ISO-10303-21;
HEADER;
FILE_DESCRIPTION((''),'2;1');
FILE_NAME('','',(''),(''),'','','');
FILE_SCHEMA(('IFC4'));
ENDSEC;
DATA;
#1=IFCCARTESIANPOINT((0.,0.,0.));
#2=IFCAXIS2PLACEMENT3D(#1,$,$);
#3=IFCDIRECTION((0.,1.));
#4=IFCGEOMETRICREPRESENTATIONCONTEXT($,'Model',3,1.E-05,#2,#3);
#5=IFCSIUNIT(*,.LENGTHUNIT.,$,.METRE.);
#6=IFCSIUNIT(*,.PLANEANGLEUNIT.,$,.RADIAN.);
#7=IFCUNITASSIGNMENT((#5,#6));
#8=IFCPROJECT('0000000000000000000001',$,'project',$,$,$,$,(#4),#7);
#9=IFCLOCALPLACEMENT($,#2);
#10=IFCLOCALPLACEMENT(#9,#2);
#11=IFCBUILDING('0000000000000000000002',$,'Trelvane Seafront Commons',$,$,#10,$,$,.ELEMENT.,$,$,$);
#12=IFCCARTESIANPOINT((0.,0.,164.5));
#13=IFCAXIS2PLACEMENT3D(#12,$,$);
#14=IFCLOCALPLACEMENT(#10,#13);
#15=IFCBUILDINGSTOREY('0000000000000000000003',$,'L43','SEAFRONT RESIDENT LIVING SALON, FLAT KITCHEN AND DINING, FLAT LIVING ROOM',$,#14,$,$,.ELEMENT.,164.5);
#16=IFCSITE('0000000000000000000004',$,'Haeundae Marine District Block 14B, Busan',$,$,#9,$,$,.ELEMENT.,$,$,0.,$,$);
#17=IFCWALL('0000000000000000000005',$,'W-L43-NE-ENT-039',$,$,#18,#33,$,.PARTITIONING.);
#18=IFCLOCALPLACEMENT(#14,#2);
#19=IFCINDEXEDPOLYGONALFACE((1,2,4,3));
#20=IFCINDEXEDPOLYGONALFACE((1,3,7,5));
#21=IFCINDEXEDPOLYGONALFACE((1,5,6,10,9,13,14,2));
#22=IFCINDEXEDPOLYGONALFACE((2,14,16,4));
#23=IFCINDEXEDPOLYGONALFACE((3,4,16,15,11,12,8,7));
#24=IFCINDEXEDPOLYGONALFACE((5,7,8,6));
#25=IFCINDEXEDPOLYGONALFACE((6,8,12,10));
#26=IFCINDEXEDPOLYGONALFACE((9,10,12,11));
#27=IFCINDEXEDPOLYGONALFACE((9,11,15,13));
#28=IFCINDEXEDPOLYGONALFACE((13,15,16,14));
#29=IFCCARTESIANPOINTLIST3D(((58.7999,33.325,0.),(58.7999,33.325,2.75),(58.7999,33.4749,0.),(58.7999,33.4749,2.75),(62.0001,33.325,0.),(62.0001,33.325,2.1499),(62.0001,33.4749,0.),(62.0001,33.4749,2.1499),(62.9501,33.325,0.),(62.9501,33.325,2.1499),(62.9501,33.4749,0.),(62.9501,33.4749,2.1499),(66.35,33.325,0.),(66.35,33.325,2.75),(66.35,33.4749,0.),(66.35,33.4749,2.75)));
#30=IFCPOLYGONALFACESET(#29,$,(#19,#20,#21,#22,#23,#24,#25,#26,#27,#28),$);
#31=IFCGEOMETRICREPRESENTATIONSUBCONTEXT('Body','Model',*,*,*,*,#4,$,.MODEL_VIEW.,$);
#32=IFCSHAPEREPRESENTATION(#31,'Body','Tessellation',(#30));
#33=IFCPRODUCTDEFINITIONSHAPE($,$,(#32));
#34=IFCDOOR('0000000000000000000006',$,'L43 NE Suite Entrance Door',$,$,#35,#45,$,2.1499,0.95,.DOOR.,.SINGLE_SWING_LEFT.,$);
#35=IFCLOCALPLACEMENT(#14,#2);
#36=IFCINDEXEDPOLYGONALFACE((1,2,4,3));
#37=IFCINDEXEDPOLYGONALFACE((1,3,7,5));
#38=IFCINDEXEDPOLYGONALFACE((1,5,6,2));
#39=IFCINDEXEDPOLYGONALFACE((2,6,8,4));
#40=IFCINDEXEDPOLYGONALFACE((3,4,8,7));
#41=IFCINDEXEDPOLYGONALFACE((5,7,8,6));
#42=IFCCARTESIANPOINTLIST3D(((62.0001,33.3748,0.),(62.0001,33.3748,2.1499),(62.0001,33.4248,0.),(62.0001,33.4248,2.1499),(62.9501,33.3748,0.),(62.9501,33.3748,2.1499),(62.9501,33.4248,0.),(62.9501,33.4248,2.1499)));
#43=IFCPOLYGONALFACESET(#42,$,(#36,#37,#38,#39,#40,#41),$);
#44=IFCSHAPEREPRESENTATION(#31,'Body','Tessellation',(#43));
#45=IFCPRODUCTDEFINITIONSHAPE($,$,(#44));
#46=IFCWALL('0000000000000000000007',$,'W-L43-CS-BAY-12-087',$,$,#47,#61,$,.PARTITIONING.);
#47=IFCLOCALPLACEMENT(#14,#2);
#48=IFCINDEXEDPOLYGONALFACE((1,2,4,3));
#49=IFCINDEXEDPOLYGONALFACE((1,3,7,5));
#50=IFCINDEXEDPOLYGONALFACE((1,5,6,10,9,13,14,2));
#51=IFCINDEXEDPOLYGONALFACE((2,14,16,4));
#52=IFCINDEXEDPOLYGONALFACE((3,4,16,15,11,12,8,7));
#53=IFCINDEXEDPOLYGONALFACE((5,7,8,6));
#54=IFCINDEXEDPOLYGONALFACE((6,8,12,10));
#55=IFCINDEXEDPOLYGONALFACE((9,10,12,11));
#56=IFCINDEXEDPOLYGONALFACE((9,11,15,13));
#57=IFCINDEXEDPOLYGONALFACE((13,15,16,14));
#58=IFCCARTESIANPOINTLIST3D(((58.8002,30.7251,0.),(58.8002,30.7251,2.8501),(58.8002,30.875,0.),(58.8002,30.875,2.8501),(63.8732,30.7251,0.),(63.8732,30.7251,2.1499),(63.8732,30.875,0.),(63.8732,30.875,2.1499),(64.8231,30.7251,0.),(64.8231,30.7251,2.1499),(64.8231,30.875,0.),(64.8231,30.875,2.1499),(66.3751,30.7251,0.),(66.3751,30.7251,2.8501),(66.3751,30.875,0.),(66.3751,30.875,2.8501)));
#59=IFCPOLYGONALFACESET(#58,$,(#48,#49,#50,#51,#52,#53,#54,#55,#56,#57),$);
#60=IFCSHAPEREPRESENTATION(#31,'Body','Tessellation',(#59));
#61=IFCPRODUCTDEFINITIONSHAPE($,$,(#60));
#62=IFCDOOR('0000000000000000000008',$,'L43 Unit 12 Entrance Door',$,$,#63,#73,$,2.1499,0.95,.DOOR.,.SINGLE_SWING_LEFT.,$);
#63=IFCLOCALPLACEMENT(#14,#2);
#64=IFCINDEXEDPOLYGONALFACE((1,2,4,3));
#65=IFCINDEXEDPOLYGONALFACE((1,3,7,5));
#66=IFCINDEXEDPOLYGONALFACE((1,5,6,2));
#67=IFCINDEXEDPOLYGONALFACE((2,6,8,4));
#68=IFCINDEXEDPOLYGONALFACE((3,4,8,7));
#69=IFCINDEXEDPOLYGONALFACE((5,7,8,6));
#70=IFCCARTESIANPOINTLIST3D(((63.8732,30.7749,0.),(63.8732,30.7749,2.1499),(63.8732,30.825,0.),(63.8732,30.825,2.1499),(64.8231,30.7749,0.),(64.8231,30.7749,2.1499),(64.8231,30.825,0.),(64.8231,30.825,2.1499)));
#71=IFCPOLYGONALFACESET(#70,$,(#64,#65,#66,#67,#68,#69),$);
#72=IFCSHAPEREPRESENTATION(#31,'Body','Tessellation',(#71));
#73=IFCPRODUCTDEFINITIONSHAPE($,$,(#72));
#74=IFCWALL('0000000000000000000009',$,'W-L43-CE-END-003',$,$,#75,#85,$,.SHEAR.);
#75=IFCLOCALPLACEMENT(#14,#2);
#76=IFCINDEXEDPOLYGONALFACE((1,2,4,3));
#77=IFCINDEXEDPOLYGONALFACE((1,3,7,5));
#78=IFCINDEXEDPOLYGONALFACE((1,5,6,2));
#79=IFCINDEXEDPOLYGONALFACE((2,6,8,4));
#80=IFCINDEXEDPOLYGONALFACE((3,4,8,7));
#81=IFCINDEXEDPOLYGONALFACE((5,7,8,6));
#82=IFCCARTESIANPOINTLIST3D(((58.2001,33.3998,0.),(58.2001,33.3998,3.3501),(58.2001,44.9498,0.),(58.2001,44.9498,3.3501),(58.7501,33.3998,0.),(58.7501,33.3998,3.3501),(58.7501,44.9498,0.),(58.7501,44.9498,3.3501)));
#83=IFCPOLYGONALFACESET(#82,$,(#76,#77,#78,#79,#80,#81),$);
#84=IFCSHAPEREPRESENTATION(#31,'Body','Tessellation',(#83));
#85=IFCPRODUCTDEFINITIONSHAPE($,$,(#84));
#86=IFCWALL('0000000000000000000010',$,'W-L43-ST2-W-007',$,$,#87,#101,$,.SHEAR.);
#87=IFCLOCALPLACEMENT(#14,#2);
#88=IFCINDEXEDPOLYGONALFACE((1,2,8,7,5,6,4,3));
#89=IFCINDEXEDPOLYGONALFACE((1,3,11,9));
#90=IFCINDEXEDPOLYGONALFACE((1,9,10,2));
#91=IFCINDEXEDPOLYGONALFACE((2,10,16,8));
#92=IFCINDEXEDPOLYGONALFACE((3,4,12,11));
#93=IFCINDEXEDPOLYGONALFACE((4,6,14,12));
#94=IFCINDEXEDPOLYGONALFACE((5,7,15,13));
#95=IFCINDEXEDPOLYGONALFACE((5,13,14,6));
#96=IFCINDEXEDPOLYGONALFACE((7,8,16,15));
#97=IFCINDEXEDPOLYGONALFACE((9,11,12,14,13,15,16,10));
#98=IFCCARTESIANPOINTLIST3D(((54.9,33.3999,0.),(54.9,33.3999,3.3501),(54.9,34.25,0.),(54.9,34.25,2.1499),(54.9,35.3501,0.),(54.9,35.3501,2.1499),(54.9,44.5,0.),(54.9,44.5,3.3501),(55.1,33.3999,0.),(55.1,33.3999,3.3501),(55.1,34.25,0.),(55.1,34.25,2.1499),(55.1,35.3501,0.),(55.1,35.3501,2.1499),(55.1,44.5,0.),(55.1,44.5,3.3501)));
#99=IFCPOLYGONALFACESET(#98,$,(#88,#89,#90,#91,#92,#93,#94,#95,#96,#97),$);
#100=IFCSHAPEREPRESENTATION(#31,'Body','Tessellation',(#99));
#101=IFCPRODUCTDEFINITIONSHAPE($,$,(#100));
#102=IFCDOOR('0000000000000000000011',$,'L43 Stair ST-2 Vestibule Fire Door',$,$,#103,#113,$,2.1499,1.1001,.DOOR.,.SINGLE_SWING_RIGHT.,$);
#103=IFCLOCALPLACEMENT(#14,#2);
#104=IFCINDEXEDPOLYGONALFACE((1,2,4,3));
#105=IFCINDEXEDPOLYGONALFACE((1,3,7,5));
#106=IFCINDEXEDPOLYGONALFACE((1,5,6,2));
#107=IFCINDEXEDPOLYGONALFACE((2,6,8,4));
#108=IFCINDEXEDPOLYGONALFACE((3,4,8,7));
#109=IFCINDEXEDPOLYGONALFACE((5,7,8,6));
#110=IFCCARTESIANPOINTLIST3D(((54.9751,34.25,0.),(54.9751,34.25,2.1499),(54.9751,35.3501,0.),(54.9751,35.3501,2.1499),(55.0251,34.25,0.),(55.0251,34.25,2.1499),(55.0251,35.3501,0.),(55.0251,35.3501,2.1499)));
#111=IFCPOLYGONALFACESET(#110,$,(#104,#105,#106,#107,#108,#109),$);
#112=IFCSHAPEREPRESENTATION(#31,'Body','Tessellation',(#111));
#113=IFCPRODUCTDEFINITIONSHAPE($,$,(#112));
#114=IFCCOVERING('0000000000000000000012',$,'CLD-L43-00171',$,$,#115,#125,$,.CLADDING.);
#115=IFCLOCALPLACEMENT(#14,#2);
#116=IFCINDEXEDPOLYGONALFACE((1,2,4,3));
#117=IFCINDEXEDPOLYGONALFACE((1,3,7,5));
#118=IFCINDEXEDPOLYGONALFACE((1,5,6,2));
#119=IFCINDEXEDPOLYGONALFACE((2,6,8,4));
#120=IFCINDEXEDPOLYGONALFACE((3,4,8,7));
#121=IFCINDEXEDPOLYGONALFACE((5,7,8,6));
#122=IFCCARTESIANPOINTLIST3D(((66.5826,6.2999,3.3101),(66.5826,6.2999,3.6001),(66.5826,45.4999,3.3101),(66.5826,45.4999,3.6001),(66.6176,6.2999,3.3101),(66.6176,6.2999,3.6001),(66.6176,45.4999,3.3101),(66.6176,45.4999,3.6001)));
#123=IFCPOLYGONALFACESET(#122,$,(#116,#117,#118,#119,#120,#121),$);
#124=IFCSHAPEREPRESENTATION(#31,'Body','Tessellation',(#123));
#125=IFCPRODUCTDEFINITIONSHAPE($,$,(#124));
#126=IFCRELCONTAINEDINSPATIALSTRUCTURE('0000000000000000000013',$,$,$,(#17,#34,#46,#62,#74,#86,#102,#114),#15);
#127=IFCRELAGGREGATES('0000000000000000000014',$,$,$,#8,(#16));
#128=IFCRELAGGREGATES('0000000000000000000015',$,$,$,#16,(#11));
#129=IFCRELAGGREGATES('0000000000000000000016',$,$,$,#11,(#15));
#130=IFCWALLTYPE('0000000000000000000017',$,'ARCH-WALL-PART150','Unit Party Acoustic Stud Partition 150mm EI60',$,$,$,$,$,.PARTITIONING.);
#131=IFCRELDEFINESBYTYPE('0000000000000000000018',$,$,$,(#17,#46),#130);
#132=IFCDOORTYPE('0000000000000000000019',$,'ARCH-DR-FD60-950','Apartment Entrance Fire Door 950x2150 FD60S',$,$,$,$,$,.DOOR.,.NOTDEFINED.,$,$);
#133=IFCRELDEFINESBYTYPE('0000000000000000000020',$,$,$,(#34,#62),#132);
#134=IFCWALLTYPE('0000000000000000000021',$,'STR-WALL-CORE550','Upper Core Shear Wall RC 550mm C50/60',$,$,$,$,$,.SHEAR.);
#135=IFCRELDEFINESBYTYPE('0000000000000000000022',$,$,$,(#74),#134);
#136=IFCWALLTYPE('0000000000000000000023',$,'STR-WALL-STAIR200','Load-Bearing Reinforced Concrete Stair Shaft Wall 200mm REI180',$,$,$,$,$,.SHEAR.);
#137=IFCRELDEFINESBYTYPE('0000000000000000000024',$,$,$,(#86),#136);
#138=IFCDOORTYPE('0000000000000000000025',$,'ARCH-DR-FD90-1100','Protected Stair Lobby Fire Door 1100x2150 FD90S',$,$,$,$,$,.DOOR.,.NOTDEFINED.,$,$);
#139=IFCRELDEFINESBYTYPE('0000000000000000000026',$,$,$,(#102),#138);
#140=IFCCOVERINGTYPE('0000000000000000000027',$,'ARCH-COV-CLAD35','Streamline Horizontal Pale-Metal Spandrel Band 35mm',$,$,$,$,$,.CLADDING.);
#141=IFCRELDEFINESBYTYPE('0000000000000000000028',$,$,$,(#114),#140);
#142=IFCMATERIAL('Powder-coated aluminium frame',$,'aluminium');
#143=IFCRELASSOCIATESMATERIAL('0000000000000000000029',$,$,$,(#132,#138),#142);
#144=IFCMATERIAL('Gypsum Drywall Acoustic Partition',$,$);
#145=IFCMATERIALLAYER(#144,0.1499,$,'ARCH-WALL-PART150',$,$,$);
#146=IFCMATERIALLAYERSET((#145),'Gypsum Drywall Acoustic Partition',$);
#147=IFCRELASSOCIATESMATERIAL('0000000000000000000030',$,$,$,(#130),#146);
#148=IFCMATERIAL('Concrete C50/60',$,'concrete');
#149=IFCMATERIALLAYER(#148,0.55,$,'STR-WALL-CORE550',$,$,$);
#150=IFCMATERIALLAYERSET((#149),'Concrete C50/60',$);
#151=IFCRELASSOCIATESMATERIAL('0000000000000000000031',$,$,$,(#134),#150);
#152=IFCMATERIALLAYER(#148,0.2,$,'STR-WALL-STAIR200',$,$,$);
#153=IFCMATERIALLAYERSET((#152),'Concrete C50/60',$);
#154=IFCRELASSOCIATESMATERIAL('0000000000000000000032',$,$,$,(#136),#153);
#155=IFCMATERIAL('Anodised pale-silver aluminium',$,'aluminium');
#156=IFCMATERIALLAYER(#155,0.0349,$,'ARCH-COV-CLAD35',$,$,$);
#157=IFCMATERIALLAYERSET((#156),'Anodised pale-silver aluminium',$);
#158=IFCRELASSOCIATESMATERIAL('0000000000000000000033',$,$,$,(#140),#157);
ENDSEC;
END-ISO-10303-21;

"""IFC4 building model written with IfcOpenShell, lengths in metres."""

from ifc_helpers import new_model, si_unit, direction, frame, frame_2d, origin, origin_2d, place, context, subcontext, project, spatial, rectangle, extrude, source, transform, mapped, material, layer, layer_set, type_object, element, fill, save


model = new_model("IFC4")

# Units and contexts
model_context = context("Model", 3, precision=1e-05, world=origin(), true_north=direction((0.0, 1.0)))
body_context = subcontext(model_context, "Body", "Model", "MODEL_VIEW")
ifc_project = project(units=[si_unit("LENGTHUNIT", "METRE"), si_unit("PLANEANGLEUNIT", "RADIAN")], contexts=[model_context])

# Site, building, storey
site_placement = place(None, origin())
site = spatial("IfcSite", under=ifc_project, at=site_placement, Name="Haeundae Marine District Block 14B, Busan", CompositionType="ELEMENT", RefElevation=0.0)
building_placement = place(site_placement, origin())
building = spatial("IfcBuilding", under=site, at=building_placement, Name="Trelvane Seafront Commons", CompositionType="ELEMENT")
storey_placement = place(building_placement, frame((0.0, 0.0, 164.5)))
storey = spatial("IfcBuildingStorey", under=building, at=storey_placement, Name="L43", Description="SEAFRONT RESIDENT LIVING SALON, FLAT KITCHEN AND DINING, FLAT LIVING ROOM", CompositionType="ELEMENT", Elevation=164.5)

# Shared definitions
ifc_material_1 = material(Name="Concrete C50/60", Category="concrete")

# Shared definitions
ifc_material_2 = material(Name="Powder-coated aluminium frame", Category="aluminium")
door_type_1 = type_object("IfcDoorType", Name="ARCH-DR-FD60-950", Description="Apartment Entrance Fire Door 950x2150 FD60S", OperationType="NOTDEFINED", PredefinedType="DOOR", material=ifc_material_2)
shared_shape_1 = source(origin(), body_context, "Body", "SweptSolid", [
    extrude(rectangle(XDim=0.95, YDim=2.1499, at=frame_2d((0.4751, 1.075))), frame((0.0, 0.0249, 0.0), z_axis=(0.0, -1.0, 0.0), x_axis=(1.0, 0.0, 0.0)), (0.0, 0.0, 1.0), 0.05),
])
ifc_material_3 = material(Name="Gypsum Drywall Acoustic Partition")

# Walls, openings, doors
ifc_layer_1 = layer(ifc_material_3, 0.1499, Name="ARCH-WALL-PART150")
ifc_layer_set_1 = layer_set([ifc_layer_1], Name="Gypsum Drywall Acoustic Partition")
wall_type_1 = type_object("IfcWallType", Name="ARCH-WALL-PART150", Description="Unit Party Acoustic Stud Partition 150mm EI60", PredefinedType="PARTITIONING", material=ifc_layer_set_1)
wall_1_placement = place(storey_placement, frame((58.8, 33.3999, 0.0), z_axis=(0.0, 0.0, 1.0), x_axis=(1.0, 0.0, 0.0)))
wall_1 = element("IfcWall", 1, at=wall_1_placement, inside=storey, type_object=wall_type_1, Name="W-L43-NE-ENT-039", PredefinedType="PARTITIONING", context=body_context, shape_type="SweptSolid", body=[
    extrude(rectangle(XDim=7.55, YDim=0.1499, at=frame_2d((3.7749, 0.0))), origin(), (0.0, 0.0, 1.0), 2.75),
])
opening_1_placement = place(wall_1_placement, frame((3.2, 0.0, 0.0)))
opening_1 = element("IfcOpeningElement", 2, at=opening_1_placement, cuts=wall_1, PredefinedType="OPENING", context=body_context, shape_type="SweptSolid", body=[
    extrude(rectangle(XDim=0.95, YDim=2.1499, at=frame_2d((0.4751, 1.075))), frame((0.0, 0.085, 0.0), z_axis=(0.0, -1.0, 0.0), x_axis=(1.0, 0.0, 0.0)), (0.0, 0.0, 1.0), 0.1699),
])
door_1_placement = place(opening_1_placement, origin())
door_1 = element("IfcDoor", 3, at=door_1_placement, inside=storey, type_object=door_type_1, Name="L43 NE Suite Entrance Door", OperationType="SINGLE_SWING_LEFT", OverallHeight=2.1499, OverallWidth=0.95, PredefinedType="DOOR", context=body_context, shape_type="MappedRepresentation", body=[
    mapped(shared_shape_1, transform((0.0, 0.0, 0.0), x_axis=(1.0, 0.0, 0.0), y_axis=(0.0, 1.0, 0.0), z_axis=(0.0, 0.0, 1.0), scale=1.0)),
])
fill(opening_1, door_1)
wall_2_placement = place(storey_placement, frame((58.8, 30.8, 0.0), z_axis=(0.0, 0.0, 1.0), x_axis=(1.0, 0.0, 0.0)))
wall_2 = element("IfcWall", 4, at=wall_2_placement, inside=storey, type_object=wall_type_1, Name="W-L43-CS-BAY-12-087", PredefinedType="PARTITIONING", context=body_context, shape_type="SweptSolid", body=[
    extrude(rectangle(XDim=7.575, YDim=0.1499, at=frame_2d((3.7876, 0.0))), origin(), (0.0, 0.0, 1.0), 2.8501),
])
opening_2_placement = place(wall_2_placement, frame((5.073, 0.0, 0.0)))
opening_2 = element("IfcOpeningElement", 5, at=opening_2_placement, cuts=wall_2, PredefinedType="OPENING", context=body_context, shape_type="SweptSolid", body=[
    extrude(rectangle(XDim=0.95, YDim=2.1499, at=frame_2d((0.4751, 1.075))), frame((0.0, 0.085, 0.0), z_axis=(0.0, -1.0, 0.0), x_axis=(1.0, 0.0, 0.0)), (0.0, 0.0, 1.0), 0.1699),
])
door_2_placement = place(opening_2_placement, origin())
door_2 = element("IfcDoor", 6, at=door_2_placement, inside=storey, type_object=door_type_1, Name="L43 Unit 12 Entrance Door", OperationType="SINGLE_SWING_LEFT", OverallHeight=2.1499, OverallWidth=0.95, PredefinedType="DOOR", context=body_context, shape_type="MappedRepresentation", body=[
    mapped(shared_shape_1, transform((0.0, 0.0, 0.0), x_axis=(1.0, 0.0, 0.0), y_axis=(0.0, 1.0, 0.0), z_axis=(0.0, 0.0, 1.0), scale=1.0)),
])
fill(opening_2, door_2)

# Wall
ifc_layer_2 = layer(ifc_material_1, 0.55, Name="STR-WALL-CORE550")
ifc_layer_set_2 = layer_set([ifc_layer_2], Name="Concrete C50/60")
wall_type_2 = type_object("IfcWallType", Name="STR-WALL-CORE550", Description="Upper Core Shear Wall RC 550mm C50/60", PredefinedType="SHEAR", material=ifc_layer_set_2)
wall_3_placement = place(storey_placement, frame((58.4751, 33.3999, 0.0), z_axis=(0.0, 0.0, 1.0), x_axis=(0.0, 1.0, 0.0)))
element("IfcWall", 7, at=wall_3_placement, inside=storey, type_object=wall_type_2, Name="W-L43-CE-END-003", PredefinedType="SHEAR", context=body_context, shape_type="SweptSolid", body=[
    extrude(rectangle(XDim=11.55, YDim=0.55, at=frame_2d((5.7749, 0.0))), origin(), (0.0, 0.0, 1.0), 3.3501),
])

# Wall, opening, door
ifc_layer_3 = layer(ifc_material_1, 0.2, Name="STR-WALL-STAIR200")
ifc_layer_set_3 = layer_set([ifc_layer_3], Name="Concrete C50/60")
wall_type_3 = type_object("IfcWallType", Name="STR-WALL-STAIR200", Description="Load-Bearing Reinforced Concrete Stair Shaft Wall 200mm REI180", PredefinedType="SHEAR", material=ifc_layer_set_3)
wall_4_placement = place(storey_placement, frame((55.0, 33.3999, 0.0), z_axis=(0.0, 0.0, 1.0), x_axis=(0.0, 1.0, 0.0)))
wall_4 = element("IfcWall", 8, at=wall_4_placement, inside=storey, type_object=wall_type_3, Name="W-L43-ST2-W-007", PredefinedType="SHEAR", context=body_context, shape_type="SweptSolid", body=[
    extrude(rectangle(XDim=11.1001, YDim=0.2, at=frame_2d((5.55, 0.0))), origin(), (0.0, 0.0, 1.0), 3.3501),
])
opening_3_placement = place(wall_4_placement, frame((0.8501, 0.0, 0.0)))
opening_3 = element("IfcOpeningElement", 9, at=opening_3_placement, cuts=wall_4, PredefinedType="OPENING", context=body_context, shape_type="SweptSolid", body=[
    extrude(rectangle(XDim=1.1001, YDim=2.1499, at=frame_2d((0.55, 1.075))), frame((0.0, 0.1099, 0.0), z_axis=(0.0, -1.0, 0.0), x_axis=(1.0, 0.0, 0.0)), (0.0, 0.0, 1.0), 0.22),
])
door_type_2 = type_object("IfcDoorType", Name="ARCH-DR-FD90-1100", Description="Protected Stair Lobby Fire Door 1100x2150 FD90S", OperationType="NOTDEFINED", PredefinedType="DOOR", material=ifc_material_2)
shared_shape_2 = source(origin(), body_context, "Body", "SweptSolid", [
    extrude(rectangle(XDim=1.1001, YDim=2.1499, at=frame_2d((0.55, 1.075))), frame((0.0, 0.0249, 0.0), z_axis=(0.0, -1.0, 0.0), x_axis=(1.0, 0.0, 0.0)), (0.0, 0.0, 1.0), 0.05),
])
door_3_placement = place(opening_3_placement, origin())
door_3 = element("IfcDoor", 10, at=door_3_placement, inside=storey, type_object=door_type_2, Name="L43 Stair ST-2 Vestibule Fire Door", OperationType="SINGLE_SWING_RIGHT", OverallHeight=2.1499, OverallWidth=1.1001, PredefinedType="DOOR", context=body_context, shape_type="MappedRepresentation", body=[
    mapped(shared_shape_2, transform((0.0, 0.0, 0.0), x_axis=(1.0, 0.0, 0.0), y_axis=(0.0, 1.0, 0.0), z_axis=(0.0, 0.0, 1.0), scale=1.0)),
])
fill(opening_3, door_3)

# Covering
ifc_material_4 = material(Name="Anodised pale-silver aluminium", Category="aluminium")
ifc_layer_4 = layer(ifc_material_4, 0.0349, Name="ARCH-COV-CLAD35")
ifc_layer_set_4 = layer_set([ifc_layer_4], Name="Anodised pale-silver aluminium")
covering_type = type_object("IfcCoveringType", Name="ARCH-COV-CLAD35", Description="Streamline Horizontal Pale-Metal Spandrel Band 35mm", PredefinedType="CLADDING", material=ifc_layer_set_4)
shared_shape_3 = source(origin(), body_context, "Body", "SweptSolid", [
    extrude(rectangle(XDim=39.2, YDim=0.0349, at=origin_2d()), origin(), (0.0, 0.0, 1.0), 0.29),
])
covering_placement = place(storey_placement, frame((66.6001, 25.8999, 3.3101), z_axis=(0.0, 0.0, 1.0), x_axis=(0.0, -1.0, 0.0)))
element("IfcCovering", 11, at=covering_placement, inside=storey, type_object=covering_type, Name="CLD-L43-00171", PredefinedType="CLADDING", context=body_context, shape_type="MappedRepresentation", body=[
    mapped(shared_shape_3, transform((0.0, 0.0, 0.0), x_axis=(1.0, 0.0, 0.0), y_axis=(0.0, 1.0, 0.0), z_axis=(0.0, 0.0, 1.0), scale=1.0)),
])

save(model, "model.ifc")
